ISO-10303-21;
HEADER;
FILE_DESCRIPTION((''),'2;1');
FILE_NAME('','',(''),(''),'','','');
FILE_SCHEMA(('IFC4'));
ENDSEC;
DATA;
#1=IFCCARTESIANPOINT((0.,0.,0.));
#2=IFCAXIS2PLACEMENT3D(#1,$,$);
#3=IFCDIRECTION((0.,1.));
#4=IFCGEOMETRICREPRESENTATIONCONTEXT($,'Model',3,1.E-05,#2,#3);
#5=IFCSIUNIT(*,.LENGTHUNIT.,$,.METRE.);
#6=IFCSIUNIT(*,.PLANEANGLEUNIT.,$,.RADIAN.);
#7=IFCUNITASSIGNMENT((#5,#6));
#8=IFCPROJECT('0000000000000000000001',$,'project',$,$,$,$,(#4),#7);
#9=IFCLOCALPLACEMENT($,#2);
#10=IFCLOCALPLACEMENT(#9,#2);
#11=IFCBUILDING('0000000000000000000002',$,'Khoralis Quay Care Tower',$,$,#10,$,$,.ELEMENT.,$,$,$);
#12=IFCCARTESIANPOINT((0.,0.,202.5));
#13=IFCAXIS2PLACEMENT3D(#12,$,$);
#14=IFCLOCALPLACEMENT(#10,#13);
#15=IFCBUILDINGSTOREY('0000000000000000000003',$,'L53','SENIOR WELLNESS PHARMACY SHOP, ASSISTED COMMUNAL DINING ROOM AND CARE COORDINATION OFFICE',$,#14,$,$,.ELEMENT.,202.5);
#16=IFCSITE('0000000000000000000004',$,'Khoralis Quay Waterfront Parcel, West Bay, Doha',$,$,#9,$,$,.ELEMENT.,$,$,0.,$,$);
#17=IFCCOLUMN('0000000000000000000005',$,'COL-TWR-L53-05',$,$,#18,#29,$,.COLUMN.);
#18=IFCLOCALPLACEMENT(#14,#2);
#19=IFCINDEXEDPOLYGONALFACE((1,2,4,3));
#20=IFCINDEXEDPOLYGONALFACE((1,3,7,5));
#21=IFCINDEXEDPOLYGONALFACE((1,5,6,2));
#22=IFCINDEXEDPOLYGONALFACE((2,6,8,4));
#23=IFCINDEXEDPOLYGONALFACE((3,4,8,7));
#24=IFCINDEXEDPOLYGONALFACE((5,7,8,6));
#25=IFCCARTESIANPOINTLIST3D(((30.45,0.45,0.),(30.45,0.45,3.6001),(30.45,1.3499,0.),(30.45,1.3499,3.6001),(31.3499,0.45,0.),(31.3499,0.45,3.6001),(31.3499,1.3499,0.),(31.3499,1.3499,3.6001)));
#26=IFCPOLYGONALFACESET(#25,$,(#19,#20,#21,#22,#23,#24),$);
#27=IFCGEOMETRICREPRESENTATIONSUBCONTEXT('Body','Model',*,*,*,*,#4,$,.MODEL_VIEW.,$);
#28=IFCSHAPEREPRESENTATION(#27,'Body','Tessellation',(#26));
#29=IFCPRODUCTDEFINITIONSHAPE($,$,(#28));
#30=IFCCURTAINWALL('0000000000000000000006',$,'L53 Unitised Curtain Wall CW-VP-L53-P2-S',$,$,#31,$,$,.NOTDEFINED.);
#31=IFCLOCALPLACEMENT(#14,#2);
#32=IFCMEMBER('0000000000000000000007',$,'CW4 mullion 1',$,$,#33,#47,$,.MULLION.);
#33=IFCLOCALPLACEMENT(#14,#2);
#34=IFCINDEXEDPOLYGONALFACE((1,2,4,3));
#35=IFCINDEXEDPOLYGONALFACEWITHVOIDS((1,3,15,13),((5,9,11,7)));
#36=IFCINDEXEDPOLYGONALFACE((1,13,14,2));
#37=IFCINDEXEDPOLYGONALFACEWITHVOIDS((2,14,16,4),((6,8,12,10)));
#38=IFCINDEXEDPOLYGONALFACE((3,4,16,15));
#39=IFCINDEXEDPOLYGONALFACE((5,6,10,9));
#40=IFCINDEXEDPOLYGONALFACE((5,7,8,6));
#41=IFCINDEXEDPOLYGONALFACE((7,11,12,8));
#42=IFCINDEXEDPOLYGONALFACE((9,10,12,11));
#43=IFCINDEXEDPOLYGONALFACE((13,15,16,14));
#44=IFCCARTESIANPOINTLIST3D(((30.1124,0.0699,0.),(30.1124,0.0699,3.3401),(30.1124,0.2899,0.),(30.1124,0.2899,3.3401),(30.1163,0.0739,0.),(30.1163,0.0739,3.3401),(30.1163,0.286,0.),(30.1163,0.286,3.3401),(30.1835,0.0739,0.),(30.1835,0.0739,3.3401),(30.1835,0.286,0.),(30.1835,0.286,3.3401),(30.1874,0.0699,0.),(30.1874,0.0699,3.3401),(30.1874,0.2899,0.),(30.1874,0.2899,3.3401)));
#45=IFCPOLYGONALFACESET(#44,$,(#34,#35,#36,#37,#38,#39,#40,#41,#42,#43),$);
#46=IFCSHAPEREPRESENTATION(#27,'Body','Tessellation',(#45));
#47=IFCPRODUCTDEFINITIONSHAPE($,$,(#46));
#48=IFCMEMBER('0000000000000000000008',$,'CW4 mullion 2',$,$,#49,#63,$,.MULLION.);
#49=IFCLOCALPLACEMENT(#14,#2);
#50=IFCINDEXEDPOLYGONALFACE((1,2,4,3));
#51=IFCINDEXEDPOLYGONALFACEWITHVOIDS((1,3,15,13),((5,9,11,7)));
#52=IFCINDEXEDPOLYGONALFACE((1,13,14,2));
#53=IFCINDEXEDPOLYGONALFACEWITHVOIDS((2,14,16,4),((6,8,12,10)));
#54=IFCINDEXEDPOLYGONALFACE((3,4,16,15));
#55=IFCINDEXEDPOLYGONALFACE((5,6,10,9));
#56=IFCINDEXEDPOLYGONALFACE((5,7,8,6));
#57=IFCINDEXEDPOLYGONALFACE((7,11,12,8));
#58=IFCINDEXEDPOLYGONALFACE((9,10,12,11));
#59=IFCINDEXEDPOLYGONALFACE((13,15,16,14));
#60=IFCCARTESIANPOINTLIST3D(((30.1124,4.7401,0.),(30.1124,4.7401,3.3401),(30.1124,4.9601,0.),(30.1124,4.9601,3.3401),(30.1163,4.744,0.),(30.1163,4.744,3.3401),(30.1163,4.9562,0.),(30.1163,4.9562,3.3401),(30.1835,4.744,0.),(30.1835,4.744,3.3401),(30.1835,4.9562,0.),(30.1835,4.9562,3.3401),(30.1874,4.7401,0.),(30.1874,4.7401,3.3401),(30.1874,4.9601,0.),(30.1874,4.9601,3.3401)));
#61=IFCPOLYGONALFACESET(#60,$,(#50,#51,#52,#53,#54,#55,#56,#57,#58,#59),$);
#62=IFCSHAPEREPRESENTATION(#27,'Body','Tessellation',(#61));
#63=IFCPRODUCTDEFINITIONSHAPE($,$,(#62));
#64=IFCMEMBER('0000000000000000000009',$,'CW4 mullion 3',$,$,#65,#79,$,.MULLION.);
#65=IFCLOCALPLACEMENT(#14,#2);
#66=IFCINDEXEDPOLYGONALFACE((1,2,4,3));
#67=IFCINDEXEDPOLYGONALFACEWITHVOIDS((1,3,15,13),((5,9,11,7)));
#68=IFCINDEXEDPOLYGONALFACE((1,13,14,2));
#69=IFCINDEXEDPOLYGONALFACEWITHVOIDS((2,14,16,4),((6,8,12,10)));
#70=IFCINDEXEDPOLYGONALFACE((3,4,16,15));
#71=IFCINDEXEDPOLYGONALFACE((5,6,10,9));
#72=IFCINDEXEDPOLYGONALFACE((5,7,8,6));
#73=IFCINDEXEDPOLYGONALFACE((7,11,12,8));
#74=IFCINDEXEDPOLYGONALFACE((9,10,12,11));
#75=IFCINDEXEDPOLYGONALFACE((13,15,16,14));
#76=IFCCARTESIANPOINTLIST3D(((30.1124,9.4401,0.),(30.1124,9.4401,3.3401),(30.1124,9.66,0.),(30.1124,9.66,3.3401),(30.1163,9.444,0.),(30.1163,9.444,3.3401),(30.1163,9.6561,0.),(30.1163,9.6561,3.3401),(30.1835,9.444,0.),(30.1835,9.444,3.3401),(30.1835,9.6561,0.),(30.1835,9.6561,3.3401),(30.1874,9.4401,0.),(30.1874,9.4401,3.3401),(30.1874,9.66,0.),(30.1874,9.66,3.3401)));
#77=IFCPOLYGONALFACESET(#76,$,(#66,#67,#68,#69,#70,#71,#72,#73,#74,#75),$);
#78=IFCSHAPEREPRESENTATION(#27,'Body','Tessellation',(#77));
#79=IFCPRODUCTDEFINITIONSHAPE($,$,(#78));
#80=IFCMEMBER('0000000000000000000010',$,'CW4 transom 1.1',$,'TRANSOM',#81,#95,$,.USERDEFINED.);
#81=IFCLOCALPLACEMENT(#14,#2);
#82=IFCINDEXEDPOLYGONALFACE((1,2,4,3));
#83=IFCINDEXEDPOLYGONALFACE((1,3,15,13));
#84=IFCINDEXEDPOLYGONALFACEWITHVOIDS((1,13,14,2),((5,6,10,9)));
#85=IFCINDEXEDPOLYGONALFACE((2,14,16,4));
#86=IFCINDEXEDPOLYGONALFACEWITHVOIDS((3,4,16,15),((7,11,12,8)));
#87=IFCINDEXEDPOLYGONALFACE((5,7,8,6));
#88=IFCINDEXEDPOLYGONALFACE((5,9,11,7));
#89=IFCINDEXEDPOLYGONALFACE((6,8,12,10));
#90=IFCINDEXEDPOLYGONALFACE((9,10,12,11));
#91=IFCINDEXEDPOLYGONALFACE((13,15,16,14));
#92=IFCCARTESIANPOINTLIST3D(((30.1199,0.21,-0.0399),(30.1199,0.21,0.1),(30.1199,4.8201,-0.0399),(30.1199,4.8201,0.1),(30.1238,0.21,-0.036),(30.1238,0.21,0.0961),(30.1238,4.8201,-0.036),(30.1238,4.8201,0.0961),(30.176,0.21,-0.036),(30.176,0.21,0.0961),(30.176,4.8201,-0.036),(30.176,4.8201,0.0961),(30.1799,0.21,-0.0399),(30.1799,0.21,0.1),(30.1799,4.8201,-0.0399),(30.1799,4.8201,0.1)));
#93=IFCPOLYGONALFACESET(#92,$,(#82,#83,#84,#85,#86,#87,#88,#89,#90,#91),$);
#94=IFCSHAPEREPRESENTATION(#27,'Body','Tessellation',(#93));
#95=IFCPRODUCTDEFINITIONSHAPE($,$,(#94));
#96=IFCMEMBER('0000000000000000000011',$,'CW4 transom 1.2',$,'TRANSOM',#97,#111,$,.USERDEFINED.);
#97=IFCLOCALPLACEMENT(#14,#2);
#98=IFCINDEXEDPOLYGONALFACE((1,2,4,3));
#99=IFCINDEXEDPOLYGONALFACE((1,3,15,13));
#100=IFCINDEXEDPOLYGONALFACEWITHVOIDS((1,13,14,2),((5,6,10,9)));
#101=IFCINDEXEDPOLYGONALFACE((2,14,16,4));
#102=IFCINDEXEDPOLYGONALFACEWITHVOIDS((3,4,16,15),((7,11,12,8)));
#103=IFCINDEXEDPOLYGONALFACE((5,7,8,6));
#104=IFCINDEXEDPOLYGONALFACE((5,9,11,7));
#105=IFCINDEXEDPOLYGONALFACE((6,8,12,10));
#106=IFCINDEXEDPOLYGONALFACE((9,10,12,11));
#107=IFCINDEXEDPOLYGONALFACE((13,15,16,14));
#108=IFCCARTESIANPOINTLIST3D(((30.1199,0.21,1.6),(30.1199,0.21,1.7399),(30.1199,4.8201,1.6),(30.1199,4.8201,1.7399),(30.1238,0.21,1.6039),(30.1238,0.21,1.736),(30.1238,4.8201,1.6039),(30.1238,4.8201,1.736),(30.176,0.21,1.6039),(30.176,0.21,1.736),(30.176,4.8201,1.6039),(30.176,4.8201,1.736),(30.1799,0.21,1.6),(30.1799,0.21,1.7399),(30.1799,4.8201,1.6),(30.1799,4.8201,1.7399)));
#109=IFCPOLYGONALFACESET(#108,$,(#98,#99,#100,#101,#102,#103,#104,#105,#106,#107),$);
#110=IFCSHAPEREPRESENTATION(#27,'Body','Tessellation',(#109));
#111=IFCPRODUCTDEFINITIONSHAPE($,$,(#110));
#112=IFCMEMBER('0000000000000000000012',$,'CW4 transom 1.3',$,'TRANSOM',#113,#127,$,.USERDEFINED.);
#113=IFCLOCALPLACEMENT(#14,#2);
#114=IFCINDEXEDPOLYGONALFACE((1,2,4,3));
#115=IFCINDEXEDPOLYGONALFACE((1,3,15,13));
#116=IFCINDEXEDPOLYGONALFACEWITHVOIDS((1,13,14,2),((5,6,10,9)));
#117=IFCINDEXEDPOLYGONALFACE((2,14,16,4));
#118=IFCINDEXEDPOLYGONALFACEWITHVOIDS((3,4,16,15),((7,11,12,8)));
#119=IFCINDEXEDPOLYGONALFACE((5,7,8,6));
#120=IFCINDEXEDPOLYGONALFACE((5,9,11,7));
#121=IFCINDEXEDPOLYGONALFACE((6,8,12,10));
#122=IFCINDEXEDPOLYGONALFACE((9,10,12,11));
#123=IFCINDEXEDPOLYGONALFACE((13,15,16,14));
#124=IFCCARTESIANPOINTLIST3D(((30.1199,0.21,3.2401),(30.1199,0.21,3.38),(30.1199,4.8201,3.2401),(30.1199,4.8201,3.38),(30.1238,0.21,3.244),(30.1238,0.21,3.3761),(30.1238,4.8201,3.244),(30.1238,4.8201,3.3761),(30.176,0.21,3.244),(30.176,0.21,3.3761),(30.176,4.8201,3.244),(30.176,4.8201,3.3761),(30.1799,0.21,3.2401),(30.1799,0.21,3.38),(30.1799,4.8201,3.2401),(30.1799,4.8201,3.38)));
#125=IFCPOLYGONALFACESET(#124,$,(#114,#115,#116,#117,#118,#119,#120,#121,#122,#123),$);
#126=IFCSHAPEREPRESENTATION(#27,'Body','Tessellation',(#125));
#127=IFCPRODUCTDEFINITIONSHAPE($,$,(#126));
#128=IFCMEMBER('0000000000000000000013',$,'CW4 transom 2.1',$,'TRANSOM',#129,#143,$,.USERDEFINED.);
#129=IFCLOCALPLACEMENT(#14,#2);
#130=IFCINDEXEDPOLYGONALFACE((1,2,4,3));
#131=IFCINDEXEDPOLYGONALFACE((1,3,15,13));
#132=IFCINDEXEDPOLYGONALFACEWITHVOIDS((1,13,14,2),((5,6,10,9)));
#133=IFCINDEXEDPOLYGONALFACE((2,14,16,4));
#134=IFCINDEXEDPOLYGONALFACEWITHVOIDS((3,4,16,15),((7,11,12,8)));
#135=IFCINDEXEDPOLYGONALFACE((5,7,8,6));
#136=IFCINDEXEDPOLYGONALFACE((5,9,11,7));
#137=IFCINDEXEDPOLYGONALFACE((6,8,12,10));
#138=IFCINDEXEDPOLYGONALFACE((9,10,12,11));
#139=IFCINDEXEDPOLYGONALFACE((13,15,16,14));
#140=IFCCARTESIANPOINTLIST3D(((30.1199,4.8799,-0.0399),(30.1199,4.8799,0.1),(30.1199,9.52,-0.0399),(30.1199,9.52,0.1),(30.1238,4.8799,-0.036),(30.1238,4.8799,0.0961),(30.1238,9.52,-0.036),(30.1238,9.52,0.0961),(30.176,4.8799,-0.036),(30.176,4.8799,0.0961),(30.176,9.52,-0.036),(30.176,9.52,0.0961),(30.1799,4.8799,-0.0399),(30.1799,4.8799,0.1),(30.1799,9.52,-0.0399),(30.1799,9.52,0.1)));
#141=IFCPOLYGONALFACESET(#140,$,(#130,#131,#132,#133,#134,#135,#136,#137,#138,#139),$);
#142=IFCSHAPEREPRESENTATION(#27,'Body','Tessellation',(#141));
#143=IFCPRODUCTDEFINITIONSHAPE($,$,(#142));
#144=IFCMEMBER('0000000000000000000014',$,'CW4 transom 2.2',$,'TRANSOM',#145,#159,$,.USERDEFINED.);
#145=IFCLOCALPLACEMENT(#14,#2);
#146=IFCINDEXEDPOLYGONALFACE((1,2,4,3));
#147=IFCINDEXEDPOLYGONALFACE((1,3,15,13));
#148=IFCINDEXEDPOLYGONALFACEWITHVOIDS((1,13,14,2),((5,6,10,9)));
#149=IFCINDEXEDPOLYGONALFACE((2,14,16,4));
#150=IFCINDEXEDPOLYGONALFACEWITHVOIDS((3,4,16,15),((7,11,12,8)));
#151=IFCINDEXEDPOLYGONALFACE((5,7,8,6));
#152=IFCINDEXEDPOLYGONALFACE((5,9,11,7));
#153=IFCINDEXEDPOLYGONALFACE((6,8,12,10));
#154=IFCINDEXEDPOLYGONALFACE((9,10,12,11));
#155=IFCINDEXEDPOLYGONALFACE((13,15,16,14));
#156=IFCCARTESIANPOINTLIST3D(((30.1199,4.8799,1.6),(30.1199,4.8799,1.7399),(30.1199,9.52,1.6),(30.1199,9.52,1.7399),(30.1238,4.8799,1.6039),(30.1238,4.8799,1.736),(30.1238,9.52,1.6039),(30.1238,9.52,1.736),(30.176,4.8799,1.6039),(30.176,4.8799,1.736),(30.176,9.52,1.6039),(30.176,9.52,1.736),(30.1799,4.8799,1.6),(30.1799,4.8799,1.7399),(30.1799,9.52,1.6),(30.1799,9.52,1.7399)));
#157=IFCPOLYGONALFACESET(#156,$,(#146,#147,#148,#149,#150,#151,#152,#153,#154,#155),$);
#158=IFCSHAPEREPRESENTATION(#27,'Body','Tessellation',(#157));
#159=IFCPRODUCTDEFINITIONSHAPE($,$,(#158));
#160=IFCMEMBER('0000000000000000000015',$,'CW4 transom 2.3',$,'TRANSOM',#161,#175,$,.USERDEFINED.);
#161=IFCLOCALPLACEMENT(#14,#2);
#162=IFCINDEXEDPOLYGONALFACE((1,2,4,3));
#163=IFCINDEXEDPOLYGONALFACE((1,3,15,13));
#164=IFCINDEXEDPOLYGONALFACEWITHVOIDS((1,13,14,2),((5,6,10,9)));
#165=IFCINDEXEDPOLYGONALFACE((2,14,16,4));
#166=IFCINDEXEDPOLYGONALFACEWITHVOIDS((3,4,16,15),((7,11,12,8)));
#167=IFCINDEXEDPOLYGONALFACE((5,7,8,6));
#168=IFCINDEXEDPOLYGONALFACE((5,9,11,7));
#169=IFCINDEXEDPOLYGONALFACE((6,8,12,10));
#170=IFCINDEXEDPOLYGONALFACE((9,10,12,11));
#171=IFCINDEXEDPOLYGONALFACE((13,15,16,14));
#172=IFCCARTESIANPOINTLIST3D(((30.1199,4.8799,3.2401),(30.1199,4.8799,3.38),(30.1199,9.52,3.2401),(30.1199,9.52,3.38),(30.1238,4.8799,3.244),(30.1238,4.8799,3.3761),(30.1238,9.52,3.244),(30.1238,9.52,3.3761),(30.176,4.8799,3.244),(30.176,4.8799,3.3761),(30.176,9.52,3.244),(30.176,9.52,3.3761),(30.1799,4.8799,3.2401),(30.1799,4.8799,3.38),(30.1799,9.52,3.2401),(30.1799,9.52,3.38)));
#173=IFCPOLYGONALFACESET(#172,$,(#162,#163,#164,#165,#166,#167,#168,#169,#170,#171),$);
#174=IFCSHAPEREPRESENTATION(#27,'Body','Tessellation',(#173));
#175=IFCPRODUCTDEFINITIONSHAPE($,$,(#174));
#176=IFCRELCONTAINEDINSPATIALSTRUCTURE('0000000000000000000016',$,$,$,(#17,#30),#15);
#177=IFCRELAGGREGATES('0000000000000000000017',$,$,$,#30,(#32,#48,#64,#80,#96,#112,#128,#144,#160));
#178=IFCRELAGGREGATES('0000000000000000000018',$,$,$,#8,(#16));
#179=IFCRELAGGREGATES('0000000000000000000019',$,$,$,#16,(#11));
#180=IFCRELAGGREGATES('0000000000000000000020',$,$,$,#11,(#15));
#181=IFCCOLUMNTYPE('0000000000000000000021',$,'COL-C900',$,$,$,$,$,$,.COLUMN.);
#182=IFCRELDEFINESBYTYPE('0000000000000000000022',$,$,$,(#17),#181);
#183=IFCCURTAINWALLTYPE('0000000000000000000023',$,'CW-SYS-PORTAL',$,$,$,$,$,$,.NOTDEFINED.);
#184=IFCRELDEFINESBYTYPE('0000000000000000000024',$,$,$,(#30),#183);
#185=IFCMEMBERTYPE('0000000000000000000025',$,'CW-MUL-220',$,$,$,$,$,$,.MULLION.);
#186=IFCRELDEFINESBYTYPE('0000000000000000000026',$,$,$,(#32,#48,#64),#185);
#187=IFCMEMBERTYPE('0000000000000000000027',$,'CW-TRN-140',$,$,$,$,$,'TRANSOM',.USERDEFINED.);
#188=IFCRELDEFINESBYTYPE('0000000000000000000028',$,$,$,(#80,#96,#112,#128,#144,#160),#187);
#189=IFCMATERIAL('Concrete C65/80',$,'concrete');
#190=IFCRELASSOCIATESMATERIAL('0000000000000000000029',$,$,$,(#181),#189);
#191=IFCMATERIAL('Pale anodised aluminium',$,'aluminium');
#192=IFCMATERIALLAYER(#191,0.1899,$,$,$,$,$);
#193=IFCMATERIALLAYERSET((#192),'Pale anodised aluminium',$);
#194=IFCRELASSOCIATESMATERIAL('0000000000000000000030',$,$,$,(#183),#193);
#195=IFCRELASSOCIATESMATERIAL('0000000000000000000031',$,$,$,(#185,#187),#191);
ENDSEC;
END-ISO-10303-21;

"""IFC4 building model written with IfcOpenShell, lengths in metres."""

from ifc_helpers import new_model, si_unit, direction, frame, origin, origin_2d, place, context, subcontext, project, spatial, rectangle, hollow_rectangle, extrude, source, transform, mapped, material, layer, layer_set, material_profile, profile_set, type_object, element, aggregate, save


model = new_model("IFC4")

# Units and contexts
model_context = context("Model", 3, precision=1e-05, world=origin(), true_north=direction((0.0, 1.0)))
body_context = subcontext(model_context, "Body", "Model", "MODEL_VIEW")
ifc_project = project(units=[si_unit("LENGTHUNIT", "METRE"), si_unit("PLANEANGLEUNIT", "RADIAN")], contexts=[model_context])

# Site, building, storey
site_placement = place(None, origin())
site = spatial("IfcSite", under=ifc_project, at=site_placement, Name="Khoralis Quay Waterfront Parcel, West Bay, Doha", CompositionType="ELEMENT", RefElevation=0.0)
building_placement = place(site_placement, origin())
building = spatial("IfcBuilding", under=site, at=building_placement, Name="Khoralis Quay Care Tower", CompositionType="ELEMENT")
storey_placement = place(building_placement, frame((0.0, 0.0, 202.5)))
storey = spatial("IfcBuildingStorey", under=building, at=storey_placement, Name="L53", Description="SENIOR WELLNESS PHARMACY SHOP, ASSISTED COMMUNAL DINING ROOM AND CARE COORDINATION OFFICE", CompositionType="ELEMENT", Elevation=202.5)

# Column
ifc_material_1 = material(Name="Concrete C65/80", Category="concrete")
ifc_material_profile_1 = material_profile(ifc_material_1, rectangle(XDim=0.8999, YDim=0.8999, at=origin_2d()), Name="Concrete C65/80")
ifc_profile_set_1 = profile_set([ifc_material_profile_1], Name="Concrete C65/80")
column_type = type_object("IfcColumnType", Name="COL-C900", PredefinedType="COLUMN", material=ifc_profile_set_1)
shared_shape_1 = source(origin(), body_context, "Body", "SweptSolid", [
    extrude(rectangle(XDim=0.8999, YDim=0.8999, at=origin_2d()), origin(), (0.0, 0.0, 1.0), 3.6001),
])
column_placement = place(storey_placement, frame((30.8999, 0.8999, 0.0), z_axis=(0.0, 0.0, 1.0), x_axis=(1.0, 0.0, 0.0)))
element("IfcColumn", 1, at=column_placement, inside=storey, type_object=column_type, Name="COL-TWR-L53-05", PredefinedType="COLUMN", context=body_context, shape_type="MappedRepresentation", body=[
    mapped(shared_shape_1, transform((0.0, 0.0, 0.0), scale=1.0)),
])

# Curtain wall, members
ifc_material_2 = material(Name="Pale anodised aluminium", Category="aluminium")
ifc_layer_1 = layer(ifc_material_2, 0.1899)
ifc_layer_set_1 = layer_set([ifc_layer_1], Name="Pale anodised aluminium")
curtain_wall_type = type_object("IfcCurtainWallType", Name="CW-SYS-PORTAL", PredefinedType="NOTDEFINED", material=ifc_layer_set_1)
curtain_wall_placement = place(storey_placement, origin())
curtain_wall = element("IfcCurtainWall", 2, at=curtain_wall_placement, inside=storey, type_object=curtain_wall_type, Name="L53 Unitised Curtain Wall CW-VP-L53-P2-S", PredefinedType="NOTDEFINED")
ifc_material_profile_2 = material_profile(ifc_material_2, hollow_rectangle(XDim=0.075, YDim=0.22, WallThickness=0.0039, at=origin_2d()), Name="Pale anodised aluminium")
ifc_profile_set_2 = profile_set([ifc_material_profile_2], Name="Pale anodised aluminium")
member_type_1 = type_object("IfcMemberType", Name="CW-MUL-220", PredefinedType="MULLION", material=ifc_profile_set_2)
shared_shape_2 = source(origin(), body_context, "Body", "SweptSolid", [
    extrude(hollow_rectangle(XDim=0.075, YDim=0.22, WallThickness=0.0039, at=origin_2d()), origin(), (0.0, 0.0, 1.0), 3.3401),
])
member_1_placement = place(storey_placement, frame((30.1499, 0.1799, 0.0), z_axis=(0.0, 0.0, 1.0), x_axis=(-1.0, 0.0, 0.0)))
member_1 = element("IfcMember", 3, at=member_1_placement, type_object=member_type_1, Name="CW4 mullion 1", PredefinedType="MULLION", context=body_context, shape_type="MappedRepresentation", body=[
    mapped(shared_shape_2, transform((0.0, 0.0, 0.0), scale=1.0)),
])
member_2_placement = place(storey_placement, frame((30.1499, 4.8501, 0.0), z_axis=(0.0, 0.0, 1.0), x_axis=(-1.0, 0.0, 0.0)))
member_2 = element("IfcMember", 4, at=member_2_placement, type_object=member_type_1, Name="CW4 mullion 2", PredefinedType="MULLION", context=body_context, shape_type="MappedRepresentation", body=[
    mapped(shared_shape_2, transform((0.0, 0.0, 0.0), scale=1.0)),
])
member_3_placement = place(storey_placement, frame((30.1499, 9.55, 0.0), z_axis=(0.0, 0.0, 1.0), x_axis=(-1.0, 0.0, 0.0)))
member_3 = element("IfcMember", 5, at=member_3_placement, type_object=member_type_1, Name="CW4 mullion 3", PredefinedType="MULLION", context=body_context, shape_type="MappedRepresentation", body=[
    mapped(shared_shape_2, transform((0.0, 0.0, 0.0), scale=1.0)),
])
ifc_material_profile_3 = material_profile(ifc_material_2, hollow_rectangle(XDim=0.0601, YDim=0.1399, WallThickness=0.0039, at=origin_2d()), Name="Pale anodised aluminium")
ifc_profile_set_3 = profile_set([ifc_material_profile_3], Name="Pale anodised aluminium")
member_type_2 = type_object("IfcMemberType", Name="CW-TRN-140", ElementType="TRANSOM", PredefinedType="USERDEFINED", material=ifc_profile_set_3)
shared_shape_3 = source(origin(), body_context, "Body", "SweptSolid", [
    extrude(hollow_rectangle(XDim=0.0601, YDim=0.1399, WallThickness=0.0039, at=origin_2d()), origin(), (0.0, 0.0, 1.0), 4.6101),
])
member_4_placement = place(storey_placement, frame((30.1499, 0.21, 0.03), z_axis=(0.0, 1.0, 0.0), x_axis=(-1.0, 0.0, 0.0)))
member_4 = element("IfcMember", 6, at=member_4_placement, type_object=member_type_2, Name="CW4 transom 1.1", ObjectType="TRANSOM", PredefinedType="USERDEFINED", context=body_context, shape_type="MappedRepresentation", body=[
    mapped(shared_shape_3, transform((0.0, 0.0, 0.0), scale=1.0)),
])
member_5_placement = place(storey_placement, frame((30.1499, 0.21, 1.6699), z_axis=(0.0, 1.0, 0.0), x_axis=(-1.0, 0.0, 0.0)))
member_5 = element("IfcMember", 7, at=member_5_placement, type_object=member_type_2, Name="CW4 transom 1.2", ObjectType="TRANSOM", PredefinedType="USERDEFINED", context=body_context, shape_type="MappedRepresentation", body=[
    mapped(shared_shape_3, transform((0.0, 0.0, 0.0), scale=1.0)),
])
member_6_placement = place(storey_placement, frame((30.1499, 0.21, 3.3101), z_axis=(0.0, 1.0, 0.0), x_axis=(-1.0, 0.0, 0.0)))
member_6 = element("IfcMember", 8, at=member_6_placement, type_object=member_type_2, Name="CW4 transom 1.3", ObjectType="TRANSOM", PredefinedType="USERDEFINED", context=body_context, shape_type="MappedRepresentation", body=[
    mapped(shared_shape_3, transform((0.0, 0.0, 0.0), scale=1.0)),
])
shared_shape_4 = source(origin(), body_context, "Body", "SweptSolid", [
    extrude(hollow_rectangle(XDim=0.0601, YDim=0.1399, WallThickness=0.0039, at=origin_2d()), origin(), (0.0, 0.0, 1.0), 4.6401),
])
member_7_placement = place(storey_placement, frame((30.1499, 4.8799, 0.03), z_axis=(0.0, 1.0, 0.0), x_axis=(-1.0, 0.0, 0.0)))
member_7 = element("IfcMember", 9, at=member_7_placement, type_object=member_type_2, Name="CW4 transom 2.1", ObjectType="TRANSOM", PredefinedType="USERDEFINED", context=body_context, shape_type="MappedRepresentation", body=[
    mapped(shared_shape_4, transform((0.0, 0.0, 0.0), scale=1.0)),
])
member_8_placement = place(storey_placement, frame((30.1499, 4.8799, 1.6699), z_axis=(0.0, 1.0, 0.0), x_axis=(-1.0, 0.0, 0.0)))
member_8 = element("IfcMember", 10, at=member_8_placement, type_object=member_type_2, Name="CW4 transom 2.2", ObjectType="TRANSOM", PredefinedType="USERDEFINED", context=body_context, shape_type="MappedRepresentation", body=[
    mapped(shared_shape_4, transform((0.0, 0.0, 0.0), scale=1.0)),
])
member_9_placement = place(storey_placement, frame((30.1499, 4.8799, 3.3101), z_axis=(0.0, 1.0, 0.0), x_axis=(-1.0, 0.0, 0.0)))
member_9 = element("IfcMember", 11, at=member_9_placement, type_object=member_type_2, Name="CW4 transom 2.3", ObjectType="TRANSOM", PredefinedType="USERDEFINED", context=body_context, shape_type="MappedRepresentation", body=[
    mapped(shared_shape_4, transform((0.0, 0.0, 0.0), scale=1.0)),
])
aggregate(curtain_wall, [member_1, member_2, member_3, member_4, member_5, member_6, member_7, member_8, member_9])

save(model, "model.ifc")
